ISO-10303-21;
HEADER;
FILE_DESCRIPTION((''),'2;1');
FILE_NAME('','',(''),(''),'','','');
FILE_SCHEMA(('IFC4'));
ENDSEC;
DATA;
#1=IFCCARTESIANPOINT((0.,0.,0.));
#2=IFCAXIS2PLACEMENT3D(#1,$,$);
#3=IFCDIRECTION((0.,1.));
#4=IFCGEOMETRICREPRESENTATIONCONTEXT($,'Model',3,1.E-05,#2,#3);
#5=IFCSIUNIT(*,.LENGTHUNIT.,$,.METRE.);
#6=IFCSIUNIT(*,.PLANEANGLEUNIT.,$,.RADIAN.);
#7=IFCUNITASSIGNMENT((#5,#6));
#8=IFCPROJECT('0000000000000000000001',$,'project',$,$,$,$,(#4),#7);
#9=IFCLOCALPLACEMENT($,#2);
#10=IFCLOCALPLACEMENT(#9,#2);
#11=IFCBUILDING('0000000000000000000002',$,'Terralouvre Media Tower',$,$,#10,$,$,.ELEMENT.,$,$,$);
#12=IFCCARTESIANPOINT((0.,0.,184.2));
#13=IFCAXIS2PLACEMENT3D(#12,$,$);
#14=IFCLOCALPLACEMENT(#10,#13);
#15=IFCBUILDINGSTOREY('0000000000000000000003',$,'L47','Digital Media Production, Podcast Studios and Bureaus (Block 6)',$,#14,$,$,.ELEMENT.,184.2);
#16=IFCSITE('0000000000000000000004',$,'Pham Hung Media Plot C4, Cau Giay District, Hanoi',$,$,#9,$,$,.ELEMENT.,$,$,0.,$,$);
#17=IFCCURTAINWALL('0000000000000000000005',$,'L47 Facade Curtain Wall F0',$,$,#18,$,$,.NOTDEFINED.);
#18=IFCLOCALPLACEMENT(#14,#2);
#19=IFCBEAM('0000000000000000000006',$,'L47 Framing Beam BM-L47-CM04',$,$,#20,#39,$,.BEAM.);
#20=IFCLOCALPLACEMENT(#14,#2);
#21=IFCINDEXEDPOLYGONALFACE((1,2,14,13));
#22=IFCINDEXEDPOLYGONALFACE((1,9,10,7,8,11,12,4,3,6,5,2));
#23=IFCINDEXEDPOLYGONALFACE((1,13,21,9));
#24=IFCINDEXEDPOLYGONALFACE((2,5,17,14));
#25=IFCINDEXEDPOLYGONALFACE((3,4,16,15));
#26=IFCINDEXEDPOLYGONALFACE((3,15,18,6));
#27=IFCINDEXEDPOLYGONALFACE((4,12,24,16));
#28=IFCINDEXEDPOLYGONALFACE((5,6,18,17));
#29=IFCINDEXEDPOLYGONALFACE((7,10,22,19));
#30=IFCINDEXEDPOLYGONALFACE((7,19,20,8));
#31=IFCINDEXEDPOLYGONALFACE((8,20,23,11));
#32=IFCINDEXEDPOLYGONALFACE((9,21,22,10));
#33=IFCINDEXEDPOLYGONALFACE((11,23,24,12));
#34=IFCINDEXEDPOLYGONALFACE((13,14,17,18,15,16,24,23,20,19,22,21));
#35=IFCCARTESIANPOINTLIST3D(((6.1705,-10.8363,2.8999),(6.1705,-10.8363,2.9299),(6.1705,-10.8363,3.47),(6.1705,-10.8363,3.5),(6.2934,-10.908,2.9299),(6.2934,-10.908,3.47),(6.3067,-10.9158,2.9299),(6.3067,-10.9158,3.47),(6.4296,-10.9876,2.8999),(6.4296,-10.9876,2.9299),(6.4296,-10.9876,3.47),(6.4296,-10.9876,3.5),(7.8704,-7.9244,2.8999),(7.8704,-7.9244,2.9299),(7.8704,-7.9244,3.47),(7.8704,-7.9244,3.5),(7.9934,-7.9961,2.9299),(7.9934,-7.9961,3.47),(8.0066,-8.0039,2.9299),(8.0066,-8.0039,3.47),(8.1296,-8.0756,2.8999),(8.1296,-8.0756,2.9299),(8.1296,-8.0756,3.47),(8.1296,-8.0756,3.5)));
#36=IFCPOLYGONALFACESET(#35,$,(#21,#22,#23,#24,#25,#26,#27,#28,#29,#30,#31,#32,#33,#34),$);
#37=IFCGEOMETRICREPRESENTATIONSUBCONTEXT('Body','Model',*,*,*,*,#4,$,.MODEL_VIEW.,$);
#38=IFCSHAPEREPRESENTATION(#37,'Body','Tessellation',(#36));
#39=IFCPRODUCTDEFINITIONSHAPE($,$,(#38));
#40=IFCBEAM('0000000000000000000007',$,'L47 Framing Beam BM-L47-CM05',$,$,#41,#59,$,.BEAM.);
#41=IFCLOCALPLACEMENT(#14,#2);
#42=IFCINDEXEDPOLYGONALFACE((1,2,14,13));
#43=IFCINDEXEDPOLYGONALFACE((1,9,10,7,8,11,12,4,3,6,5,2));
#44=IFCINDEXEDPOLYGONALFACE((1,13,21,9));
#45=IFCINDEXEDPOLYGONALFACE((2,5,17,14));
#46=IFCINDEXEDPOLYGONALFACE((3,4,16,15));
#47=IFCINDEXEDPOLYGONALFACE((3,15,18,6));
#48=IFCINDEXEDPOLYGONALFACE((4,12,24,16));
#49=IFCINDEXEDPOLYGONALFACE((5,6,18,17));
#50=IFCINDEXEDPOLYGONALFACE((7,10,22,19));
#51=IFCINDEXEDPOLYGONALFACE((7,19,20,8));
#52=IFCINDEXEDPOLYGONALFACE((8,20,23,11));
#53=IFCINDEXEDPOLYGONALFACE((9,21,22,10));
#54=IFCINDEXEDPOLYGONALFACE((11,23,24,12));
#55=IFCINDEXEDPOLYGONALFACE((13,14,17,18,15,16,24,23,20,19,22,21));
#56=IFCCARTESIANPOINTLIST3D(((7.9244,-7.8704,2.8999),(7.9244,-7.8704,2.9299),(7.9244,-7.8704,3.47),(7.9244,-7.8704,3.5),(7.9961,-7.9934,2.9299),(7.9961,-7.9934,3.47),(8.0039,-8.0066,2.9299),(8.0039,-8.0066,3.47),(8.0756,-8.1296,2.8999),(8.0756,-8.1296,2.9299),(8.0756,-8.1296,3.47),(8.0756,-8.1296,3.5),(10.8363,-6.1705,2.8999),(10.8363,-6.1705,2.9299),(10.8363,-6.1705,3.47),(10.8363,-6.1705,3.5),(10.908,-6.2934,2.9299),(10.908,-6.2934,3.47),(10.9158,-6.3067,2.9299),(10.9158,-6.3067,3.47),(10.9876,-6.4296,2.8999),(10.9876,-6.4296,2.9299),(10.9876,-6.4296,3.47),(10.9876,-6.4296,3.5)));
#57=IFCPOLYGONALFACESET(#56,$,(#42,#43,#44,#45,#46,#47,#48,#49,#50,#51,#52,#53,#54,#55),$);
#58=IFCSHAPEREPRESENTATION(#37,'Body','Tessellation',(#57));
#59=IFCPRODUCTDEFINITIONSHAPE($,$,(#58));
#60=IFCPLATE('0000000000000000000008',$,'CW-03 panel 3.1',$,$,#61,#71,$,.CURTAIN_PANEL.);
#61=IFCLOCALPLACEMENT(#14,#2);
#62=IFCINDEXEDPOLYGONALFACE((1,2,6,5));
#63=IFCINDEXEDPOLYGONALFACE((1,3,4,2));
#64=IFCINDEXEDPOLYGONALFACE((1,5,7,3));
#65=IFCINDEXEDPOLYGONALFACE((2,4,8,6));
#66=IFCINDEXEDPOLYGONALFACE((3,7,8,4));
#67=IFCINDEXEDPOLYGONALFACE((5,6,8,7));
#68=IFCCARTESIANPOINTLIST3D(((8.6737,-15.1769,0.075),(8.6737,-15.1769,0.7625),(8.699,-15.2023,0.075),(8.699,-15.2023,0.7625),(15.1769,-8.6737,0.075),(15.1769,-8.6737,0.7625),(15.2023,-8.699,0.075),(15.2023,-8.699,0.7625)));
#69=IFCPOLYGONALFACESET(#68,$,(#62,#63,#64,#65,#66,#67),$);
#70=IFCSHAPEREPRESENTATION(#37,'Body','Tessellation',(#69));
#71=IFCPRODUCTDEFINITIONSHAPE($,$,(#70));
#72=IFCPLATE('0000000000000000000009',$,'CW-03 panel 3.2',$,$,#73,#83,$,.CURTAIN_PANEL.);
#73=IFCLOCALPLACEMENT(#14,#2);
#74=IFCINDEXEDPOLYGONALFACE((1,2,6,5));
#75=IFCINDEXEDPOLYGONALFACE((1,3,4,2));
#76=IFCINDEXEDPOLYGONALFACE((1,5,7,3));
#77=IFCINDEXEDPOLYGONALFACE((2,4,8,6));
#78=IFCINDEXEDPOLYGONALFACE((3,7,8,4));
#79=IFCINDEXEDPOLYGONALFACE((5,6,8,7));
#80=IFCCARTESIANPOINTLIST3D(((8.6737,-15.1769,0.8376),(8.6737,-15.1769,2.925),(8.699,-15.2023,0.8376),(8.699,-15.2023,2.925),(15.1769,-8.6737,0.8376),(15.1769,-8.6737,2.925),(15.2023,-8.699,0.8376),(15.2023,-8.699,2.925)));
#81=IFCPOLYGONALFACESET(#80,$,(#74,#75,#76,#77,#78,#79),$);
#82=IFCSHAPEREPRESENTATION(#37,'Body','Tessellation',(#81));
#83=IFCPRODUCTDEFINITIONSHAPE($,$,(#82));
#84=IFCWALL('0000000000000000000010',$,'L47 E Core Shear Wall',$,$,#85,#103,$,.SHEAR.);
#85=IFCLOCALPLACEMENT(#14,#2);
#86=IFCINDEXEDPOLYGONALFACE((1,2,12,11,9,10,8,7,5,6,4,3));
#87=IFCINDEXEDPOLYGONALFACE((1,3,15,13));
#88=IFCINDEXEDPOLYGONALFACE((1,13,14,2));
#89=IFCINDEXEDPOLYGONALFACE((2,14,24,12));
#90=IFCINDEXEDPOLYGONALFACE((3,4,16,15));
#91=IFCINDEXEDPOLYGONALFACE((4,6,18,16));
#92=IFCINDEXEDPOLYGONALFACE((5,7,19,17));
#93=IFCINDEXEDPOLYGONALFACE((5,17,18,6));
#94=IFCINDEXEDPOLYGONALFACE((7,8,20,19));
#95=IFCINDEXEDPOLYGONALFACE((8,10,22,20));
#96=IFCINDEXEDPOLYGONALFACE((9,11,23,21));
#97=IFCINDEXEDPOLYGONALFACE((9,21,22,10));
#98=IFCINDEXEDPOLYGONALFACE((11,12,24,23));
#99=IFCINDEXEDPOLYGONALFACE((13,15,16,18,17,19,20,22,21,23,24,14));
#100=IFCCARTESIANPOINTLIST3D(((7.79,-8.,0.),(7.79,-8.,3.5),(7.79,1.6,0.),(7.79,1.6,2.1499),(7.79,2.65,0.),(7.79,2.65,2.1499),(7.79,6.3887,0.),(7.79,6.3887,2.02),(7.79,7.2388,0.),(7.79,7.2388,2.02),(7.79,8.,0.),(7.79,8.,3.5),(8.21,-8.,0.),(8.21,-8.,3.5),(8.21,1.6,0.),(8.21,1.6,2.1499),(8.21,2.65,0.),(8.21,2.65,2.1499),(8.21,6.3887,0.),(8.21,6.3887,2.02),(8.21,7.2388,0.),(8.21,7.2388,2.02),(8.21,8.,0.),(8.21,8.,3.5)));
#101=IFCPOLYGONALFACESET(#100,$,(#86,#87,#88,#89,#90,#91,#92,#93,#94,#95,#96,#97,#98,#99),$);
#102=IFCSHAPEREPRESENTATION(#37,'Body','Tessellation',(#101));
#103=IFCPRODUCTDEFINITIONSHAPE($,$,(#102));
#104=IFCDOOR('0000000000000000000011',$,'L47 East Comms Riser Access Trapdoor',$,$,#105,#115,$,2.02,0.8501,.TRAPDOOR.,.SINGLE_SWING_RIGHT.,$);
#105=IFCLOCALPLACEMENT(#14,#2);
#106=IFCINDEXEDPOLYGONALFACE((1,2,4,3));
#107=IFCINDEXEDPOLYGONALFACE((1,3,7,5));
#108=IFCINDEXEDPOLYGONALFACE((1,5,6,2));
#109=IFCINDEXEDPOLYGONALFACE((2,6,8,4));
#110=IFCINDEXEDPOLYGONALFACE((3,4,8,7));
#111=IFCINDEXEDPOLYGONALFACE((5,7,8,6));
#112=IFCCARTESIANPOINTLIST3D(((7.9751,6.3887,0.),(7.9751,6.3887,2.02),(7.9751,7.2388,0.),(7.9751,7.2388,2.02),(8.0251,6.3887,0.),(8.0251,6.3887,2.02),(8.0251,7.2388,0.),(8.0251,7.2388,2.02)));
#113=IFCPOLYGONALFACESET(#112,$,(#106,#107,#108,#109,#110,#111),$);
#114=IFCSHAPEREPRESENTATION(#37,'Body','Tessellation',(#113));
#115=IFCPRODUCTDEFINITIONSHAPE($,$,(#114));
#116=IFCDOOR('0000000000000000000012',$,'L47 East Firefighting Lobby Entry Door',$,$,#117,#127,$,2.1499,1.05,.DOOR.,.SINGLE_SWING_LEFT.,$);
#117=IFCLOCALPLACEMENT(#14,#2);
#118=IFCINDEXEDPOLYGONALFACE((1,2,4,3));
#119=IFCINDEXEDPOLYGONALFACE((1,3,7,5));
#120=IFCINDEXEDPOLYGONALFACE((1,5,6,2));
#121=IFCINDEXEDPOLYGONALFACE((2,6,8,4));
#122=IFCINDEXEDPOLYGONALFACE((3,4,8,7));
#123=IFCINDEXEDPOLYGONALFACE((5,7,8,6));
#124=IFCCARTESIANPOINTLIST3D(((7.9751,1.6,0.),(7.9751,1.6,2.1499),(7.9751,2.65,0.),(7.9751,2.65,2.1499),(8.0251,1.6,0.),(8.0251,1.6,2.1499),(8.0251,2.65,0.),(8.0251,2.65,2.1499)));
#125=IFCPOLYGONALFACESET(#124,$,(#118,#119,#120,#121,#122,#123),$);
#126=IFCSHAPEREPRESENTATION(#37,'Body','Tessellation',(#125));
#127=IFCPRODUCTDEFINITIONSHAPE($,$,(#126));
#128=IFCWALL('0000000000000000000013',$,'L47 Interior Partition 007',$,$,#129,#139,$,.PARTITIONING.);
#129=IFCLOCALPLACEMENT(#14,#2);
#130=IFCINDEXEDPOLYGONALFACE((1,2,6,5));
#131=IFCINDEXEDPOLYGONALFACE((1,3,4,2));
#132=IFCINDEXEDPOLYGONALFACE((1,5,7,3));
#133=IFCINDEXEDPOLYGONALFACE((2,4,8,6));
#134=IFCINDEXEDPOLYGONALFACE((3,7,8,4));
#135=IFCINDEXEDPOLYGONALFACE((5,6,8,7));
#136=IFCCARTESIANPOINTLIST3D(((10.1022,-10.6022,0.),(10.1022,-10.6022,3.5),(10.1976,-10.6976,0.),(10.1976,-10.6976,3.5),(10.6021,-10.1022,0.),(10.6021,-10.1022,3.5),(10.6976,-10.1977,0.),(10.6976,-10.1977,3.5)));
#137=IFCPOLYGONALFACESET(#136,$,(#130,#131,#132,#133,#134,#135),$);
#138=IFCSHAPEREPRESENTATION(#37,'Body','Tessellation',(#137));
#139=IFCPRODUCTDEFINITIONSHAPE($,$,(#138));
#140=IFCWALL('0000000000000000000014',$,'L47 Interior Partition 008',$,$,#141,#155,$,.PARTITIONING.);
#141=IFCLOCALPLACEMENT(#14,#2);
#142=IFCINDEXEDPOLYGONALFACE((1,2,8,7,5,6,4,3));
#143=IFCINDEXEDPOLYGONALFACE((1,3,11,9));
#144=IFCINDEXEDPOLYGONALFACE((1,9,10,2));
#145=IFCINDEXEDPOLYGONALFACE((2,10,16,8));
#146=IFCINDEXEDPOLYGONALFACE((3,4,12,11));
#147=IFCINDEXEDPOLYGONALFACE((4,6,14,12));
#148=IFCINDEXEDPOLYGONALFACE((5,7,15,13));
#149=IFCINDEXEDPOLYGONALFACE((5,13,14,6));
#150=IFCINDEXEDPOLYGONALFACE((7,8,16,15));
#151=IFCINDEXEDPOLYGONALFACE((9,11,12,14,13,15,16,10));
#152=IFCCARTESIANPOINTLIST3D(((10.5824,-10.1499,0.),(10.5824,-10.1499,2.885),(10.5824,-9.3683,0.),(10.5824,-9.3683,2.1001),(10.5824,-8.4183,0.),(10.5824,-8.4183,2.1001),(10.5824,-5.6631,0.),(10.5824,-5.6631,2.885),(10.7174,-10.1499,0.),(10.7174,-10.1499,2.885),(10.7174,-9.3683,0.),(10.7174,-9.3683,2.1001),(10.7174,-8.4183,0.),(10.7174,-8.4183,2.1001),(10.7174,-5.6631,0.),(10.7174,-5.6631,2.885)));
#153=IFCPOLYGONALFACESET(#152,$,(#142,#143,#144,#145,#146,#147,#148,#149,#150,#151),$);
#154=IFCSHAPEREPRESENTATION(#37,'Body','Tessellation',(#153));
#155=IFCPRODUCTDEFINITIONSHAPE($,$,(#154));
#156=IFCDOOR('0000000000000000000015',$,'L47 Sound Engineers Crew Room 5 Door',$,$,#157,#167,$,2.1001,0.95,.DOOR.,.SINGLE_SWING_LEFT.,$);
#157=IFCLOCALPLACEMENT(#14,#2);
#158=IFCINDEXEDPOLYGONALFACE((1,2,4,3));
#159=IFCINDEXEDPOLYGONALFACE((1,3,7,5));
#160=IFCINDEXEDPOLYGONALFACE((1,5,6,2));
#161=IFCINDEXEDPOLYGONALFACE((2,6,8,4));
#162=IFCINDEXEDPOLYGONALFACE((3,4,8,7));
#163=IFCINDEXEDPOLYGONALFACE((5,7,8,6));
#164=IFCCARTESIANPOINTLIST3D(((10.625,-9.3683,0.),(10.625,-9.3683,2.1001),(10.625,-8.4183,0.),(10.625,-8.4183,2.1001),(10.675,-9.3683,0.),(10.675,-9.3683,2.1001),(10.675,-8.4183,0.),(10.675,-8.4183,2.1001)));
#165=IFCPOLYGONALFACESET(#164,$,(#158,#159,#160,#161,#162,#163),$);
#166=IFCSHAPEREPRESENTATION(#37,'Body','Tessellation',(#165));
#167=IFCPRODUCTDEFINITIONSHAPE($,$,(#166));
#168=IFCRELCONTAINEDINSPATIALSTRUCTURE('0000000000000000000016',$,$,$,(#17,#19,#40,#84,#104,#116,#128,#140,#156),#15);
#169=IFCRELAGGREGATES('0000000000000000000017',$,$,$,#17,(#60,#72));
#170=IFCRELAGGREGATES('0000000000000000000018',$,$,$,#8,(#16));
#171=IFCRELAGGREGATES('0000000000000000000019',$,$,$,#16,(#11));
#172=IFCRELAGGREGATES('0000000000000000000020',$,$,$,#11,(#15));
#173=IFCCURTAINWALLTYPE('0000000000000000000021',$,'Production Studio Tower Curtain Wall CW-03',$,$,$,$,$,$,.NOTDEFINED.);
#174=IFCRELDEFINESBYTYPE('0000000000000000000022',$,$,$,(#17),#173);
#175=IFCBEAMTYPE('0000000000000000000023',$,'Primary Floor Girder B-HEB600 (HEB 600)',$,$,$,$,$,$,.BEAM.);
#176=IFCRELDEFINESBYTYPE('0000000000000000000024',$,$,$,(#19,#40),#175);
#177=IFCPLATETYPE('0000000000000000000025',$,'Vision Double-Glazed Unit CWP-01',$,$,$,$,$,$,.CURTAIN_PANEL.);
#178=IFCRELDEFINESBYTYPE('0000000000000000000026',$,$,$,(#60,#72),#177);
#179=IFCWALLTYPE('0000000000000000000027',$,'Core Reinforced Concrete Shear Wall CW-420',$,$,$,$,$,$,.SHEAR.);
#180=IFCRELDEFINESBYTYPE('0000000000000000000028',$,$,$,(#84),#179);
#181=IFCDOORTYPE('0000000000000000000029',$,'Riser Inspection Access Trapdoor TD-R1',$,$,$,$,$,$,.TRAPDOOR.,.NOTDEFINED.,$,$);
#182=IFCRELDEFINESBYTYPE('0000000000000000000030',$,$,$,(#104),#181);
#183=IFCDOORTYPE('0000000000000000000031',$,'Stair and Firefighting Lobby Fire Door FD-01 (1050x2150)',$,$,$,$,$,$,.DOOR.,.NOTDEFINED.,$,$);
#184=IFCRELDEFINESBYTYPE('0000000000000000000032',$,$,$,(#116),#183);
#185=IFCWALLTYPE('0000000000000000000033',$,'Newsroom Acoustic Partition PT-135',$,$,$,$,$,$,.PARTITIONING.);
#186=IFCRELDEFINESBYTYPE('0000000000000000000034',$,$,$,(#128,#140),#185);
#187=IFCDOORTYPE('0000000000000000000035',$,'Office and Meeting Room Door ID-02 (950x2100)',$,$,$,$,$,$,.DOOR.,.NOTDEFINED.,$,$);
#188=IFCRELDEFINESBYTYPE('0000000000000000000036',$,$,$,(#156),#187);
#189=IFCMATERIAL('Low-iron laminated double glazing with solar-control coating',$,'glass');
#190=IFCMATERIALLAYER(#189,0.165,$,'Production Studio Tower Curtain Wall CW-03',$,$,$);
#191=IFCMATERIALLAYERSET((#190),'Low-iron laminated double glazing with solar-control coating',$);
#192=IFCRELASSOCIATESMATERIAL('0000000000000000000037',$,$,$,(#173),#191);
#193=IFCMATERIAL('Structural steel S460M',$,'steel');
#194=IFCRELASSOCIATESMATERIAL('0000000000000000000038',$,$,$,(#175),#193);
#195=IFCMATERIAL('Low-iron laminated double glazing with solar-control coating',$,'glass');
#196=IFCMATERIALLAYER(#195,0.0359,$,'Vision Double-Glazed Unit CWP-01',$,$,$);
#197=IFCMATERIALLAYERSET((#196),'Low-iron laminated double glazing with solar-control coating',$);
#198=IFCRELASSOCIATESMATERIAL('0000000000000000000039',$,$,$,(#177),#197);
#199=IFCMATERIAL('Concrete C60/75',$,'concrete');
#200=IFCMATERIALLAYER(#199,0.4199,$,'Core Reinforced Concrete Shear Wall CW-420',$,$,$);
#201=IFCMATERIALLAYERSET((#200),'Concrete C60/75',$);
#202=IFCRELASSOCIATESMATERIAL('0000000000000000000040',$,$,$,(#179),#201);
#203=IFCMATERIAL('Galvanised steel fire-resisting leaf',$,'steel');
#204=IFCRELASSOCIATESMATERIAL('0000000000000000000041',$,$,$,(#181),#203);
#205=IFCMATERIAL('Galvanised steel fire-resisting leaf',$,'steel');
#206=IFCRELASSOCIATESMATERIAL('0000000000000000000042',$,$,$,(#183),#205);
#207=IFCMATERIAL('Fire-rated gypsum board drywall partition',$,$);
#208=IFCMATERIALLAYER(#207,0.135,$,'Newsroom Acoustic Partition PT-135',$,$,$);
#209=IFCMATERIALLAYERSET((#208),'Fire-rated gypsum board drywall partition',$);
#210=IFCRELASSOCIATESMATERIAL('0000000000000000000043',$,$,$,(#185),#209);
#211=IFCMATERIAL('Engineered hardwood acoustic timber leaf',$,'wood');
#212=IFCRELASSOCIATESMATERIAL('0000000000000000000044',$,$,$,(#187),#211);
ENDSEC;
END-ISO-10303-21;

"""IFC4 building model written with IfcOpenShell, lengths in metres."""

from ifc_helpers import new_model, si_unit, direction, frame, frame_2d, origin, origin_2d, place, context, subcontext, project, spatial, rectangle, i_section, extrude, material, layer, layer_set, material_profile, profile_set, type_object, element, fill, aggregate, save


model = new_model("IFC4")

# Units and contexts
model_context = context("Model", 3, precision=1e-05, world=origin(), true_north=direction((0.0, 1.0)))
body_context = subcontext(model_context, "Body", "Model", "MODEL_VIEW")
ifc_project = project(units=[si_unit("LENGTHUNIT", "METRE"), si_unit("PLANEANGLEUNIT", "RADIAN")], contexts=[model_context])

# Site, building, storey
site_placement = place(None, origin())
site = spatial("IfcSite", under=ifc_project, at=site_placement, Name="Pham Hung Media Plot C4, Cau Giay District, Hanoi", CompositionType="ELEMENT", RefElevation=0.0)
building_placement = place(site_placement, origin())
building = spatial("IfcBuilding", under=site, at=building_placement, Name="Terralouvre Media Tower", CompositionType="ELEMENT")
storey_placement = place(building_placement, frame((0.0, 0.0, 184.2)))
storey = spatial("IfcBuildingStorey", under=building, at=storey_placement, Name="L47", Description="Digital Media Production, Podcast Studios and Bureaus (Block 6)", CompositionType="ELEMENT", Elevation=184.2)

# Curtain wall
ifc_material_1 = material(Name="Low-iron laminated double glazing with solar-control coating", Category="glass")
ifc_layer_1 = layer(ifc_material_1, 0.165, Name="Production Studio Tower Curtain Wall CW-03")
ifc_layer_set_1 = layer_set([ifc_layer_1], Name="Low-iron laminated double glazing with solar-control coating")
curtain_wall_type = type_object("IfcCurtainWallType", Name="Production Studio Tower Curtain Wall CW-03", PredefinedType="NOTDEFINED", material=ifc_layer_set_1)
curtain_wall_placement = place(storey_placement, origin())
curtain_wall = element("IfcCurtainWall", 1, at=curtain_wall_placement, inside=storey, type_object=curtain_wall_type, Name="L47 Facade Curtain Wall F0", PredefinedType="NOTDEFINED")

# Beams
ifc_material_2 = material(Name="Structural steel S460M", Category="steel")
ifc_material_profile_1 = material_profile(ifc_material_2, i_section(OverallWidth=0.3, OverallDepth=0.6001, WebThickness=0.0154, FlangeThickness=0.03, at=origin_2d()), Name="HEB 600")
ifc_profile_set_1 = profile_set([ifc_material_profile_1], Name="Structural steel S460M")
beam_type_1 = type_object("IfcBeamType", Name="Primary Floor Girder B-HEB600 (HEB 600)", PredefinedType="BEAM", material=ifc_profile_set_1)
for number, where, z_axis, x_axis, name in (
    (2, (8.0, -8.0, 3.2), (-0.504173, -0.863603, 0.0), (0.863603, -0.504173, 0.0), "L47 Framing Beam BM-L47-CM04"),
    (3, (8.0, -8.0, 3.2), (0.863603, 0.504173, 0.0), (-0.504173, 0.863603, 0.0), "L47 Framing Beam BM-L47-CM05"),
):
    element("IfcBeam", number, at=place(storey_placement, frame(where, z_axis=z_axis, x_axis=x_axis)), inside=storey, type_object=beam_type_1, Name=name, PredefinedType="BEAM", context=body_context, shape_type="SweptSolid", body=[
        extrude(i_section(OverallWidth=0.3, OverallDepth=0.6001, WebThickness=0.0154, FlangeThickness=0.03, at=origin_2d()), origin(), (0.0, 0.0, 1.0), 3.3718),
    ])

# Plates
ifc_material_3 = material(Name="Low-iron laminated double glazing with solar-control coating", Category="glass")
ifc_layer_2 = layer(ifc_material_3, 0.0359, Name="Vision Double-Glazed Unit CWP-01")
ifc_layer_set_2 = layer_set([ifc_layer_2], Name="Low-iron laminated double glazing with solar-control coating")
plate_type = type_object("IfcPlateType", Name="Vision Double-Glazed Unit CWP-01", PredefinedType="CURTAIN_PANEL", material=ifc_layer_set_2)
plate_1_placement = place(storey_placement, frame((11.938, -11.938, 0.075), z_axis=(0.0, 0.0, 1.0), x_axis=(0.707107, 0.707107, 0.0)))
plate_1 = element("IfcPlate", 4, at=plate_1_placement, type_object=plate_type, Name="CW-03 panel 3.1", PredefinedType="CURTAIN_PANEL", context=body_context, shape_type="SweptSolid", body=[
    extrude(rectangle(XDim=9.197, YDim=0.0359, at=origin_2d()), origin(), (0.0, 0.0, 1.0), 0.6875),
])
plate_2_placement = place(storey_placement, frame((11.938, -11.938, 0.8376), z_axis=(0.0, 0.0, 1.0), x_axis=(0.707107, 0.707107, 0.0)))
plate_2 = element("IfcPlate", 5, at=plate_2_placement, type_object=plate_type, Name="CW-03 panel 3.2", PredefinedType="CURTAIN_PANEL", context=body_context, shape_type="SweptSolid", body=[
    extrude(rectangle(XDim=9.197, YDim=0.0359, at=origin_2d()), origin(), (0.0, 0.0, 1.0), 2.0874),
])
aggregate(curtain_wall, [plate_1, plate_2])

# Wall, openings, doors
ifc_material_4 = material(Name="Concrete C60/75", Category="concrete")
ifc_layer_3 = layer(ifc_material_4, 0.4199, Name="Core Reinforced Concrete Shear Wall CW-420")
ifc_layer_set_3 = layer_set([ifc_layer_3], Name="Concrete C60/75")
wall_type_1 = type_object("IfcWallType", Name="Core Reinforced Concrete Shear Wall CW-420", PredefinedType="SHEAR", material=ifc_layer_set_3)
wall_1_placement = place(storey_placement, frame((8.0, -8.0, 0.0), z_axis=(0.0, 0.0, 1.0), x_axis=(0.0, 1.0, 0.0)))
wall_1 = element("IfcWall", 6, at=wall_1_placement, inside=storey, type_object=wall_type_1, Name="L47 E Core Shear Wall", PredefinedType="SHEAR", context=body_context, shape_type="SweptSolid", body=[
    extrude(rectangle(XDim=16.0, YDim=0.4199, at=frame_2d((8.0, 0.0))), origin(), (0.0, 0.0, 1.0), 3.5),
])
opening_1_placement = place(wall_1_placement, frame((9.6001, 0.0, 0.0)))
opening_1 = element("IfcOpeningElement", 7, at=opening_1_placement, cuts=wall_1, PredefinedType="OPENING", context=body_context, shape_type="SweptSolid", body=[
    extrude(rectangle(XDim=1.05, YDim=2.1499, at=frame_2d((0.5249, 1.075))), frame((0.0, 0.22, 0.0), z_axis=(0.0, -1.0, 0.0), x_axis=(1.0, 0.0, 0.0)), (0.0, 0.0, 1.0), 0.4399),
])
opening_2_placement = place(wall_1_placement, frame((14.3887, 0.0, 0.0)))
opening_2 = element("IfcOpeningElement", 8, at=opening_2_placement, cuts=wall_1, PredefinedType="OPENING", context=body_context, shape_type="SweptSolid", body=[
    extrude(rectangle(XDim=0.8501, YDim=2.02, at=frame_2d((0.425, 1.01))), frame((0.0, 0.22, 0.0), z_axis=(0.0, -1.0, 0.0), x_axis=(1.0, 0.0, 0.0)), (0.0, 0.0, 1.0), 0.4399),
])
ifc_material_5 = material(Name="Galvanised steel fire-resisting leaf", Category="steel")
door_type_1 = type_object("IfcDoorType", Name="Riser Inspection Access Trapdoor TD-R1", OperationType="NOTDEFINED", PredefinedType="TRAPDOOR", material=ifc_material_5)
door_1_placement = place(opening_2_placement, origin())
door_1 = element("IfcDoor", 9, at=door_1_placement, inside=storey, type_object=door_type_1, Name="L47 East Comms Riser Access Trapdoor", OperationType="SINGLE_SWING_RIGHT", OverallHeight=2.02, OverallWidth=0.8501, PredefinedType="TRAPDOOR", context=body_context, shape_type="SweptSolid", body=[
    extrude(rectangle(XDim=0.8501, YDim=2.02, at=frame_2d((0.425, 1.01))), frame((0.0, 0.0249, 0.0), z_axis=(0.0, -1.0, 0.0), x_axis=(1.0, 0.0, 0.0)), (0.0, 0.0, 1.0), 0.05),
])
fill(opening_2, door_1)
ifc_material_6 = material(Name="Galvanised steel fire-resisting leaf", Category="steel")
door_type_2 = type_object("IfcDoorType", Name="Stair and Firefighting Lobby Fire Door FD-01 (1050x2150)", OperationType="NOTDEFINED", PredefinedType="DOOR", material=ifc_material_6)
door_2_placement = place(opening_1_placement, origin())
door_2 = element("IfcDoor", 10, at=door_2_placement, inside=storey, type_object=door_type_2, Name="L47 East Firefighting Lobby Entry Door", OperationType="SINGLE_SWING_LEFT", OverallHeight=2.1499, OverallWidth=1.05, PredefinedType="DOOR", context=body_context, shape_type="SweptSolid", body=[
    extrude(rectangle(XDim=1.05, YDim=2.1499, at=frame_2d((0.5249, 1.075))), frame((0.0, 0.0249, 0.0), z_axis=(0.0, -1.0, 0.0), x_axis=(1.0, 0.0, 0.0)), (0.0, 0.0, 1.0), 0.05),
])
fill(opening_1, door_2)

# Wall
ifc_material_7 = material(Name="Fire-rated gypsum board drywall partition")
ifc_layer_4 = layer(ifc_material_7, 0.135, Name="Newsroom Acoustic Partition PT-135")
ifc_layer_set_4 = layer_set([ifc_layer_4], Name="Fire-rated gypsum board drywall partition")
wall_type_2 = type_object("IfcWallType", Name="Newsroom Acoustic Partition PT-135", PredefinedType="PARTITIONING", material=ifc_layer_set_4)
wall_2_placement = place(storey_placement, frame((10.1499, -10.6499, 0.0), z_axis=(0.0, 0.0, 1.0), x_axis=(0.707107, 0.707107, 0.0)))
element("IfcWall", 11, at=wall_2_placement, inside=storey, type_object=wall_type_2, Name="L47 Interior Partition 007", PredefinedType="PARTITIONING", context=body_context, shape_type="SweptSolid", body=[
    extrude(rectangle(XDim=0.707, YDim=0.135, at=frame_2d((0.3535, 0.0))), origin(), (0.0, 0.0, 1.0), 3.5),
])

# Wall, opening, door
wall_3_placement = place(storey_placement, frame((10.6499, -10.1499, 0.0), z_axis=(0.0, 0.0, 1.0), x_axis=(0.0, 1.0, 0.0)))
wall_3 = element("IfcWall", 12, at=wall_3_placement, inside=storey, type_object=wall_type_2, Name="L47 Interior Partition 008", PredefinedType="PARTITIONING", context=body_context, shape_type="SweptSolid", body=[
    extrude(rectangle(XDim=4.4868, YDim=0.135, at=frame_2d((2.2434, 0.0))), origin(), (0.0, 0.0, 1.0), 2.885),
])
opening_3_placement = place(wall_3_placement, frame((0.7815, 0.0, 0.0)))
opening_3 = element("IfcOpeningElement", 13, at=opening_3_placement, cuts=wall_3, PredefinedType="OPENING", context=body_context, shape_type="SweptSolid", body=[
    extrude(rectangle(XDim=0.95, YDim=2.1001, at=frame_2d((0.4751, 1.05))), frame((0.0, 0.0774, 0.0), z_axis=(0.0, -1.0, 0.0), x_axis=(1.0, 0.0, 0.0)), (0.0, 0.0, 1.0), 0.155),
])
ifc_material_8 = material(Name="Engineered hardwood acoustic timber leaf", Category="wood")
door_type_3 = type_object("IfcDoorType", Name="Office and Meeting Room Door ID-02 (950x2100)", OperationType="NOTDEFINED", PredefinedType="DOOR", material=ifc_material_8)
door_3_placement = place(opening_3_placement, origin())
door_3 = element("IfcDoor", 14, at=door_3_placement, inside=storey, type_object=door_type_3, Name="L47 Sound Engineers Crew Room 5 Door", OperationType="SINGLE_SWING_LEFT", OverallHeight=2.1001, OverallWidth=0.95, PredefinedType="DOOR", context=body_context, shape_type="SweptSolid", body=[
    extrude(rectangle(XDim=0.95, YDim=2.1001, at=frame_2d((0.4751, 1.05))), frame((0.0, 0.0249, 0.0), z_axis=(0.0, -1.0, 0.0), x_axis=(1.0, 0.0, 0.0)), (0.0, 0.0, 1.0), 0.05),
])
fill(opening_3, door_3)

save(model, "model.ifc")
